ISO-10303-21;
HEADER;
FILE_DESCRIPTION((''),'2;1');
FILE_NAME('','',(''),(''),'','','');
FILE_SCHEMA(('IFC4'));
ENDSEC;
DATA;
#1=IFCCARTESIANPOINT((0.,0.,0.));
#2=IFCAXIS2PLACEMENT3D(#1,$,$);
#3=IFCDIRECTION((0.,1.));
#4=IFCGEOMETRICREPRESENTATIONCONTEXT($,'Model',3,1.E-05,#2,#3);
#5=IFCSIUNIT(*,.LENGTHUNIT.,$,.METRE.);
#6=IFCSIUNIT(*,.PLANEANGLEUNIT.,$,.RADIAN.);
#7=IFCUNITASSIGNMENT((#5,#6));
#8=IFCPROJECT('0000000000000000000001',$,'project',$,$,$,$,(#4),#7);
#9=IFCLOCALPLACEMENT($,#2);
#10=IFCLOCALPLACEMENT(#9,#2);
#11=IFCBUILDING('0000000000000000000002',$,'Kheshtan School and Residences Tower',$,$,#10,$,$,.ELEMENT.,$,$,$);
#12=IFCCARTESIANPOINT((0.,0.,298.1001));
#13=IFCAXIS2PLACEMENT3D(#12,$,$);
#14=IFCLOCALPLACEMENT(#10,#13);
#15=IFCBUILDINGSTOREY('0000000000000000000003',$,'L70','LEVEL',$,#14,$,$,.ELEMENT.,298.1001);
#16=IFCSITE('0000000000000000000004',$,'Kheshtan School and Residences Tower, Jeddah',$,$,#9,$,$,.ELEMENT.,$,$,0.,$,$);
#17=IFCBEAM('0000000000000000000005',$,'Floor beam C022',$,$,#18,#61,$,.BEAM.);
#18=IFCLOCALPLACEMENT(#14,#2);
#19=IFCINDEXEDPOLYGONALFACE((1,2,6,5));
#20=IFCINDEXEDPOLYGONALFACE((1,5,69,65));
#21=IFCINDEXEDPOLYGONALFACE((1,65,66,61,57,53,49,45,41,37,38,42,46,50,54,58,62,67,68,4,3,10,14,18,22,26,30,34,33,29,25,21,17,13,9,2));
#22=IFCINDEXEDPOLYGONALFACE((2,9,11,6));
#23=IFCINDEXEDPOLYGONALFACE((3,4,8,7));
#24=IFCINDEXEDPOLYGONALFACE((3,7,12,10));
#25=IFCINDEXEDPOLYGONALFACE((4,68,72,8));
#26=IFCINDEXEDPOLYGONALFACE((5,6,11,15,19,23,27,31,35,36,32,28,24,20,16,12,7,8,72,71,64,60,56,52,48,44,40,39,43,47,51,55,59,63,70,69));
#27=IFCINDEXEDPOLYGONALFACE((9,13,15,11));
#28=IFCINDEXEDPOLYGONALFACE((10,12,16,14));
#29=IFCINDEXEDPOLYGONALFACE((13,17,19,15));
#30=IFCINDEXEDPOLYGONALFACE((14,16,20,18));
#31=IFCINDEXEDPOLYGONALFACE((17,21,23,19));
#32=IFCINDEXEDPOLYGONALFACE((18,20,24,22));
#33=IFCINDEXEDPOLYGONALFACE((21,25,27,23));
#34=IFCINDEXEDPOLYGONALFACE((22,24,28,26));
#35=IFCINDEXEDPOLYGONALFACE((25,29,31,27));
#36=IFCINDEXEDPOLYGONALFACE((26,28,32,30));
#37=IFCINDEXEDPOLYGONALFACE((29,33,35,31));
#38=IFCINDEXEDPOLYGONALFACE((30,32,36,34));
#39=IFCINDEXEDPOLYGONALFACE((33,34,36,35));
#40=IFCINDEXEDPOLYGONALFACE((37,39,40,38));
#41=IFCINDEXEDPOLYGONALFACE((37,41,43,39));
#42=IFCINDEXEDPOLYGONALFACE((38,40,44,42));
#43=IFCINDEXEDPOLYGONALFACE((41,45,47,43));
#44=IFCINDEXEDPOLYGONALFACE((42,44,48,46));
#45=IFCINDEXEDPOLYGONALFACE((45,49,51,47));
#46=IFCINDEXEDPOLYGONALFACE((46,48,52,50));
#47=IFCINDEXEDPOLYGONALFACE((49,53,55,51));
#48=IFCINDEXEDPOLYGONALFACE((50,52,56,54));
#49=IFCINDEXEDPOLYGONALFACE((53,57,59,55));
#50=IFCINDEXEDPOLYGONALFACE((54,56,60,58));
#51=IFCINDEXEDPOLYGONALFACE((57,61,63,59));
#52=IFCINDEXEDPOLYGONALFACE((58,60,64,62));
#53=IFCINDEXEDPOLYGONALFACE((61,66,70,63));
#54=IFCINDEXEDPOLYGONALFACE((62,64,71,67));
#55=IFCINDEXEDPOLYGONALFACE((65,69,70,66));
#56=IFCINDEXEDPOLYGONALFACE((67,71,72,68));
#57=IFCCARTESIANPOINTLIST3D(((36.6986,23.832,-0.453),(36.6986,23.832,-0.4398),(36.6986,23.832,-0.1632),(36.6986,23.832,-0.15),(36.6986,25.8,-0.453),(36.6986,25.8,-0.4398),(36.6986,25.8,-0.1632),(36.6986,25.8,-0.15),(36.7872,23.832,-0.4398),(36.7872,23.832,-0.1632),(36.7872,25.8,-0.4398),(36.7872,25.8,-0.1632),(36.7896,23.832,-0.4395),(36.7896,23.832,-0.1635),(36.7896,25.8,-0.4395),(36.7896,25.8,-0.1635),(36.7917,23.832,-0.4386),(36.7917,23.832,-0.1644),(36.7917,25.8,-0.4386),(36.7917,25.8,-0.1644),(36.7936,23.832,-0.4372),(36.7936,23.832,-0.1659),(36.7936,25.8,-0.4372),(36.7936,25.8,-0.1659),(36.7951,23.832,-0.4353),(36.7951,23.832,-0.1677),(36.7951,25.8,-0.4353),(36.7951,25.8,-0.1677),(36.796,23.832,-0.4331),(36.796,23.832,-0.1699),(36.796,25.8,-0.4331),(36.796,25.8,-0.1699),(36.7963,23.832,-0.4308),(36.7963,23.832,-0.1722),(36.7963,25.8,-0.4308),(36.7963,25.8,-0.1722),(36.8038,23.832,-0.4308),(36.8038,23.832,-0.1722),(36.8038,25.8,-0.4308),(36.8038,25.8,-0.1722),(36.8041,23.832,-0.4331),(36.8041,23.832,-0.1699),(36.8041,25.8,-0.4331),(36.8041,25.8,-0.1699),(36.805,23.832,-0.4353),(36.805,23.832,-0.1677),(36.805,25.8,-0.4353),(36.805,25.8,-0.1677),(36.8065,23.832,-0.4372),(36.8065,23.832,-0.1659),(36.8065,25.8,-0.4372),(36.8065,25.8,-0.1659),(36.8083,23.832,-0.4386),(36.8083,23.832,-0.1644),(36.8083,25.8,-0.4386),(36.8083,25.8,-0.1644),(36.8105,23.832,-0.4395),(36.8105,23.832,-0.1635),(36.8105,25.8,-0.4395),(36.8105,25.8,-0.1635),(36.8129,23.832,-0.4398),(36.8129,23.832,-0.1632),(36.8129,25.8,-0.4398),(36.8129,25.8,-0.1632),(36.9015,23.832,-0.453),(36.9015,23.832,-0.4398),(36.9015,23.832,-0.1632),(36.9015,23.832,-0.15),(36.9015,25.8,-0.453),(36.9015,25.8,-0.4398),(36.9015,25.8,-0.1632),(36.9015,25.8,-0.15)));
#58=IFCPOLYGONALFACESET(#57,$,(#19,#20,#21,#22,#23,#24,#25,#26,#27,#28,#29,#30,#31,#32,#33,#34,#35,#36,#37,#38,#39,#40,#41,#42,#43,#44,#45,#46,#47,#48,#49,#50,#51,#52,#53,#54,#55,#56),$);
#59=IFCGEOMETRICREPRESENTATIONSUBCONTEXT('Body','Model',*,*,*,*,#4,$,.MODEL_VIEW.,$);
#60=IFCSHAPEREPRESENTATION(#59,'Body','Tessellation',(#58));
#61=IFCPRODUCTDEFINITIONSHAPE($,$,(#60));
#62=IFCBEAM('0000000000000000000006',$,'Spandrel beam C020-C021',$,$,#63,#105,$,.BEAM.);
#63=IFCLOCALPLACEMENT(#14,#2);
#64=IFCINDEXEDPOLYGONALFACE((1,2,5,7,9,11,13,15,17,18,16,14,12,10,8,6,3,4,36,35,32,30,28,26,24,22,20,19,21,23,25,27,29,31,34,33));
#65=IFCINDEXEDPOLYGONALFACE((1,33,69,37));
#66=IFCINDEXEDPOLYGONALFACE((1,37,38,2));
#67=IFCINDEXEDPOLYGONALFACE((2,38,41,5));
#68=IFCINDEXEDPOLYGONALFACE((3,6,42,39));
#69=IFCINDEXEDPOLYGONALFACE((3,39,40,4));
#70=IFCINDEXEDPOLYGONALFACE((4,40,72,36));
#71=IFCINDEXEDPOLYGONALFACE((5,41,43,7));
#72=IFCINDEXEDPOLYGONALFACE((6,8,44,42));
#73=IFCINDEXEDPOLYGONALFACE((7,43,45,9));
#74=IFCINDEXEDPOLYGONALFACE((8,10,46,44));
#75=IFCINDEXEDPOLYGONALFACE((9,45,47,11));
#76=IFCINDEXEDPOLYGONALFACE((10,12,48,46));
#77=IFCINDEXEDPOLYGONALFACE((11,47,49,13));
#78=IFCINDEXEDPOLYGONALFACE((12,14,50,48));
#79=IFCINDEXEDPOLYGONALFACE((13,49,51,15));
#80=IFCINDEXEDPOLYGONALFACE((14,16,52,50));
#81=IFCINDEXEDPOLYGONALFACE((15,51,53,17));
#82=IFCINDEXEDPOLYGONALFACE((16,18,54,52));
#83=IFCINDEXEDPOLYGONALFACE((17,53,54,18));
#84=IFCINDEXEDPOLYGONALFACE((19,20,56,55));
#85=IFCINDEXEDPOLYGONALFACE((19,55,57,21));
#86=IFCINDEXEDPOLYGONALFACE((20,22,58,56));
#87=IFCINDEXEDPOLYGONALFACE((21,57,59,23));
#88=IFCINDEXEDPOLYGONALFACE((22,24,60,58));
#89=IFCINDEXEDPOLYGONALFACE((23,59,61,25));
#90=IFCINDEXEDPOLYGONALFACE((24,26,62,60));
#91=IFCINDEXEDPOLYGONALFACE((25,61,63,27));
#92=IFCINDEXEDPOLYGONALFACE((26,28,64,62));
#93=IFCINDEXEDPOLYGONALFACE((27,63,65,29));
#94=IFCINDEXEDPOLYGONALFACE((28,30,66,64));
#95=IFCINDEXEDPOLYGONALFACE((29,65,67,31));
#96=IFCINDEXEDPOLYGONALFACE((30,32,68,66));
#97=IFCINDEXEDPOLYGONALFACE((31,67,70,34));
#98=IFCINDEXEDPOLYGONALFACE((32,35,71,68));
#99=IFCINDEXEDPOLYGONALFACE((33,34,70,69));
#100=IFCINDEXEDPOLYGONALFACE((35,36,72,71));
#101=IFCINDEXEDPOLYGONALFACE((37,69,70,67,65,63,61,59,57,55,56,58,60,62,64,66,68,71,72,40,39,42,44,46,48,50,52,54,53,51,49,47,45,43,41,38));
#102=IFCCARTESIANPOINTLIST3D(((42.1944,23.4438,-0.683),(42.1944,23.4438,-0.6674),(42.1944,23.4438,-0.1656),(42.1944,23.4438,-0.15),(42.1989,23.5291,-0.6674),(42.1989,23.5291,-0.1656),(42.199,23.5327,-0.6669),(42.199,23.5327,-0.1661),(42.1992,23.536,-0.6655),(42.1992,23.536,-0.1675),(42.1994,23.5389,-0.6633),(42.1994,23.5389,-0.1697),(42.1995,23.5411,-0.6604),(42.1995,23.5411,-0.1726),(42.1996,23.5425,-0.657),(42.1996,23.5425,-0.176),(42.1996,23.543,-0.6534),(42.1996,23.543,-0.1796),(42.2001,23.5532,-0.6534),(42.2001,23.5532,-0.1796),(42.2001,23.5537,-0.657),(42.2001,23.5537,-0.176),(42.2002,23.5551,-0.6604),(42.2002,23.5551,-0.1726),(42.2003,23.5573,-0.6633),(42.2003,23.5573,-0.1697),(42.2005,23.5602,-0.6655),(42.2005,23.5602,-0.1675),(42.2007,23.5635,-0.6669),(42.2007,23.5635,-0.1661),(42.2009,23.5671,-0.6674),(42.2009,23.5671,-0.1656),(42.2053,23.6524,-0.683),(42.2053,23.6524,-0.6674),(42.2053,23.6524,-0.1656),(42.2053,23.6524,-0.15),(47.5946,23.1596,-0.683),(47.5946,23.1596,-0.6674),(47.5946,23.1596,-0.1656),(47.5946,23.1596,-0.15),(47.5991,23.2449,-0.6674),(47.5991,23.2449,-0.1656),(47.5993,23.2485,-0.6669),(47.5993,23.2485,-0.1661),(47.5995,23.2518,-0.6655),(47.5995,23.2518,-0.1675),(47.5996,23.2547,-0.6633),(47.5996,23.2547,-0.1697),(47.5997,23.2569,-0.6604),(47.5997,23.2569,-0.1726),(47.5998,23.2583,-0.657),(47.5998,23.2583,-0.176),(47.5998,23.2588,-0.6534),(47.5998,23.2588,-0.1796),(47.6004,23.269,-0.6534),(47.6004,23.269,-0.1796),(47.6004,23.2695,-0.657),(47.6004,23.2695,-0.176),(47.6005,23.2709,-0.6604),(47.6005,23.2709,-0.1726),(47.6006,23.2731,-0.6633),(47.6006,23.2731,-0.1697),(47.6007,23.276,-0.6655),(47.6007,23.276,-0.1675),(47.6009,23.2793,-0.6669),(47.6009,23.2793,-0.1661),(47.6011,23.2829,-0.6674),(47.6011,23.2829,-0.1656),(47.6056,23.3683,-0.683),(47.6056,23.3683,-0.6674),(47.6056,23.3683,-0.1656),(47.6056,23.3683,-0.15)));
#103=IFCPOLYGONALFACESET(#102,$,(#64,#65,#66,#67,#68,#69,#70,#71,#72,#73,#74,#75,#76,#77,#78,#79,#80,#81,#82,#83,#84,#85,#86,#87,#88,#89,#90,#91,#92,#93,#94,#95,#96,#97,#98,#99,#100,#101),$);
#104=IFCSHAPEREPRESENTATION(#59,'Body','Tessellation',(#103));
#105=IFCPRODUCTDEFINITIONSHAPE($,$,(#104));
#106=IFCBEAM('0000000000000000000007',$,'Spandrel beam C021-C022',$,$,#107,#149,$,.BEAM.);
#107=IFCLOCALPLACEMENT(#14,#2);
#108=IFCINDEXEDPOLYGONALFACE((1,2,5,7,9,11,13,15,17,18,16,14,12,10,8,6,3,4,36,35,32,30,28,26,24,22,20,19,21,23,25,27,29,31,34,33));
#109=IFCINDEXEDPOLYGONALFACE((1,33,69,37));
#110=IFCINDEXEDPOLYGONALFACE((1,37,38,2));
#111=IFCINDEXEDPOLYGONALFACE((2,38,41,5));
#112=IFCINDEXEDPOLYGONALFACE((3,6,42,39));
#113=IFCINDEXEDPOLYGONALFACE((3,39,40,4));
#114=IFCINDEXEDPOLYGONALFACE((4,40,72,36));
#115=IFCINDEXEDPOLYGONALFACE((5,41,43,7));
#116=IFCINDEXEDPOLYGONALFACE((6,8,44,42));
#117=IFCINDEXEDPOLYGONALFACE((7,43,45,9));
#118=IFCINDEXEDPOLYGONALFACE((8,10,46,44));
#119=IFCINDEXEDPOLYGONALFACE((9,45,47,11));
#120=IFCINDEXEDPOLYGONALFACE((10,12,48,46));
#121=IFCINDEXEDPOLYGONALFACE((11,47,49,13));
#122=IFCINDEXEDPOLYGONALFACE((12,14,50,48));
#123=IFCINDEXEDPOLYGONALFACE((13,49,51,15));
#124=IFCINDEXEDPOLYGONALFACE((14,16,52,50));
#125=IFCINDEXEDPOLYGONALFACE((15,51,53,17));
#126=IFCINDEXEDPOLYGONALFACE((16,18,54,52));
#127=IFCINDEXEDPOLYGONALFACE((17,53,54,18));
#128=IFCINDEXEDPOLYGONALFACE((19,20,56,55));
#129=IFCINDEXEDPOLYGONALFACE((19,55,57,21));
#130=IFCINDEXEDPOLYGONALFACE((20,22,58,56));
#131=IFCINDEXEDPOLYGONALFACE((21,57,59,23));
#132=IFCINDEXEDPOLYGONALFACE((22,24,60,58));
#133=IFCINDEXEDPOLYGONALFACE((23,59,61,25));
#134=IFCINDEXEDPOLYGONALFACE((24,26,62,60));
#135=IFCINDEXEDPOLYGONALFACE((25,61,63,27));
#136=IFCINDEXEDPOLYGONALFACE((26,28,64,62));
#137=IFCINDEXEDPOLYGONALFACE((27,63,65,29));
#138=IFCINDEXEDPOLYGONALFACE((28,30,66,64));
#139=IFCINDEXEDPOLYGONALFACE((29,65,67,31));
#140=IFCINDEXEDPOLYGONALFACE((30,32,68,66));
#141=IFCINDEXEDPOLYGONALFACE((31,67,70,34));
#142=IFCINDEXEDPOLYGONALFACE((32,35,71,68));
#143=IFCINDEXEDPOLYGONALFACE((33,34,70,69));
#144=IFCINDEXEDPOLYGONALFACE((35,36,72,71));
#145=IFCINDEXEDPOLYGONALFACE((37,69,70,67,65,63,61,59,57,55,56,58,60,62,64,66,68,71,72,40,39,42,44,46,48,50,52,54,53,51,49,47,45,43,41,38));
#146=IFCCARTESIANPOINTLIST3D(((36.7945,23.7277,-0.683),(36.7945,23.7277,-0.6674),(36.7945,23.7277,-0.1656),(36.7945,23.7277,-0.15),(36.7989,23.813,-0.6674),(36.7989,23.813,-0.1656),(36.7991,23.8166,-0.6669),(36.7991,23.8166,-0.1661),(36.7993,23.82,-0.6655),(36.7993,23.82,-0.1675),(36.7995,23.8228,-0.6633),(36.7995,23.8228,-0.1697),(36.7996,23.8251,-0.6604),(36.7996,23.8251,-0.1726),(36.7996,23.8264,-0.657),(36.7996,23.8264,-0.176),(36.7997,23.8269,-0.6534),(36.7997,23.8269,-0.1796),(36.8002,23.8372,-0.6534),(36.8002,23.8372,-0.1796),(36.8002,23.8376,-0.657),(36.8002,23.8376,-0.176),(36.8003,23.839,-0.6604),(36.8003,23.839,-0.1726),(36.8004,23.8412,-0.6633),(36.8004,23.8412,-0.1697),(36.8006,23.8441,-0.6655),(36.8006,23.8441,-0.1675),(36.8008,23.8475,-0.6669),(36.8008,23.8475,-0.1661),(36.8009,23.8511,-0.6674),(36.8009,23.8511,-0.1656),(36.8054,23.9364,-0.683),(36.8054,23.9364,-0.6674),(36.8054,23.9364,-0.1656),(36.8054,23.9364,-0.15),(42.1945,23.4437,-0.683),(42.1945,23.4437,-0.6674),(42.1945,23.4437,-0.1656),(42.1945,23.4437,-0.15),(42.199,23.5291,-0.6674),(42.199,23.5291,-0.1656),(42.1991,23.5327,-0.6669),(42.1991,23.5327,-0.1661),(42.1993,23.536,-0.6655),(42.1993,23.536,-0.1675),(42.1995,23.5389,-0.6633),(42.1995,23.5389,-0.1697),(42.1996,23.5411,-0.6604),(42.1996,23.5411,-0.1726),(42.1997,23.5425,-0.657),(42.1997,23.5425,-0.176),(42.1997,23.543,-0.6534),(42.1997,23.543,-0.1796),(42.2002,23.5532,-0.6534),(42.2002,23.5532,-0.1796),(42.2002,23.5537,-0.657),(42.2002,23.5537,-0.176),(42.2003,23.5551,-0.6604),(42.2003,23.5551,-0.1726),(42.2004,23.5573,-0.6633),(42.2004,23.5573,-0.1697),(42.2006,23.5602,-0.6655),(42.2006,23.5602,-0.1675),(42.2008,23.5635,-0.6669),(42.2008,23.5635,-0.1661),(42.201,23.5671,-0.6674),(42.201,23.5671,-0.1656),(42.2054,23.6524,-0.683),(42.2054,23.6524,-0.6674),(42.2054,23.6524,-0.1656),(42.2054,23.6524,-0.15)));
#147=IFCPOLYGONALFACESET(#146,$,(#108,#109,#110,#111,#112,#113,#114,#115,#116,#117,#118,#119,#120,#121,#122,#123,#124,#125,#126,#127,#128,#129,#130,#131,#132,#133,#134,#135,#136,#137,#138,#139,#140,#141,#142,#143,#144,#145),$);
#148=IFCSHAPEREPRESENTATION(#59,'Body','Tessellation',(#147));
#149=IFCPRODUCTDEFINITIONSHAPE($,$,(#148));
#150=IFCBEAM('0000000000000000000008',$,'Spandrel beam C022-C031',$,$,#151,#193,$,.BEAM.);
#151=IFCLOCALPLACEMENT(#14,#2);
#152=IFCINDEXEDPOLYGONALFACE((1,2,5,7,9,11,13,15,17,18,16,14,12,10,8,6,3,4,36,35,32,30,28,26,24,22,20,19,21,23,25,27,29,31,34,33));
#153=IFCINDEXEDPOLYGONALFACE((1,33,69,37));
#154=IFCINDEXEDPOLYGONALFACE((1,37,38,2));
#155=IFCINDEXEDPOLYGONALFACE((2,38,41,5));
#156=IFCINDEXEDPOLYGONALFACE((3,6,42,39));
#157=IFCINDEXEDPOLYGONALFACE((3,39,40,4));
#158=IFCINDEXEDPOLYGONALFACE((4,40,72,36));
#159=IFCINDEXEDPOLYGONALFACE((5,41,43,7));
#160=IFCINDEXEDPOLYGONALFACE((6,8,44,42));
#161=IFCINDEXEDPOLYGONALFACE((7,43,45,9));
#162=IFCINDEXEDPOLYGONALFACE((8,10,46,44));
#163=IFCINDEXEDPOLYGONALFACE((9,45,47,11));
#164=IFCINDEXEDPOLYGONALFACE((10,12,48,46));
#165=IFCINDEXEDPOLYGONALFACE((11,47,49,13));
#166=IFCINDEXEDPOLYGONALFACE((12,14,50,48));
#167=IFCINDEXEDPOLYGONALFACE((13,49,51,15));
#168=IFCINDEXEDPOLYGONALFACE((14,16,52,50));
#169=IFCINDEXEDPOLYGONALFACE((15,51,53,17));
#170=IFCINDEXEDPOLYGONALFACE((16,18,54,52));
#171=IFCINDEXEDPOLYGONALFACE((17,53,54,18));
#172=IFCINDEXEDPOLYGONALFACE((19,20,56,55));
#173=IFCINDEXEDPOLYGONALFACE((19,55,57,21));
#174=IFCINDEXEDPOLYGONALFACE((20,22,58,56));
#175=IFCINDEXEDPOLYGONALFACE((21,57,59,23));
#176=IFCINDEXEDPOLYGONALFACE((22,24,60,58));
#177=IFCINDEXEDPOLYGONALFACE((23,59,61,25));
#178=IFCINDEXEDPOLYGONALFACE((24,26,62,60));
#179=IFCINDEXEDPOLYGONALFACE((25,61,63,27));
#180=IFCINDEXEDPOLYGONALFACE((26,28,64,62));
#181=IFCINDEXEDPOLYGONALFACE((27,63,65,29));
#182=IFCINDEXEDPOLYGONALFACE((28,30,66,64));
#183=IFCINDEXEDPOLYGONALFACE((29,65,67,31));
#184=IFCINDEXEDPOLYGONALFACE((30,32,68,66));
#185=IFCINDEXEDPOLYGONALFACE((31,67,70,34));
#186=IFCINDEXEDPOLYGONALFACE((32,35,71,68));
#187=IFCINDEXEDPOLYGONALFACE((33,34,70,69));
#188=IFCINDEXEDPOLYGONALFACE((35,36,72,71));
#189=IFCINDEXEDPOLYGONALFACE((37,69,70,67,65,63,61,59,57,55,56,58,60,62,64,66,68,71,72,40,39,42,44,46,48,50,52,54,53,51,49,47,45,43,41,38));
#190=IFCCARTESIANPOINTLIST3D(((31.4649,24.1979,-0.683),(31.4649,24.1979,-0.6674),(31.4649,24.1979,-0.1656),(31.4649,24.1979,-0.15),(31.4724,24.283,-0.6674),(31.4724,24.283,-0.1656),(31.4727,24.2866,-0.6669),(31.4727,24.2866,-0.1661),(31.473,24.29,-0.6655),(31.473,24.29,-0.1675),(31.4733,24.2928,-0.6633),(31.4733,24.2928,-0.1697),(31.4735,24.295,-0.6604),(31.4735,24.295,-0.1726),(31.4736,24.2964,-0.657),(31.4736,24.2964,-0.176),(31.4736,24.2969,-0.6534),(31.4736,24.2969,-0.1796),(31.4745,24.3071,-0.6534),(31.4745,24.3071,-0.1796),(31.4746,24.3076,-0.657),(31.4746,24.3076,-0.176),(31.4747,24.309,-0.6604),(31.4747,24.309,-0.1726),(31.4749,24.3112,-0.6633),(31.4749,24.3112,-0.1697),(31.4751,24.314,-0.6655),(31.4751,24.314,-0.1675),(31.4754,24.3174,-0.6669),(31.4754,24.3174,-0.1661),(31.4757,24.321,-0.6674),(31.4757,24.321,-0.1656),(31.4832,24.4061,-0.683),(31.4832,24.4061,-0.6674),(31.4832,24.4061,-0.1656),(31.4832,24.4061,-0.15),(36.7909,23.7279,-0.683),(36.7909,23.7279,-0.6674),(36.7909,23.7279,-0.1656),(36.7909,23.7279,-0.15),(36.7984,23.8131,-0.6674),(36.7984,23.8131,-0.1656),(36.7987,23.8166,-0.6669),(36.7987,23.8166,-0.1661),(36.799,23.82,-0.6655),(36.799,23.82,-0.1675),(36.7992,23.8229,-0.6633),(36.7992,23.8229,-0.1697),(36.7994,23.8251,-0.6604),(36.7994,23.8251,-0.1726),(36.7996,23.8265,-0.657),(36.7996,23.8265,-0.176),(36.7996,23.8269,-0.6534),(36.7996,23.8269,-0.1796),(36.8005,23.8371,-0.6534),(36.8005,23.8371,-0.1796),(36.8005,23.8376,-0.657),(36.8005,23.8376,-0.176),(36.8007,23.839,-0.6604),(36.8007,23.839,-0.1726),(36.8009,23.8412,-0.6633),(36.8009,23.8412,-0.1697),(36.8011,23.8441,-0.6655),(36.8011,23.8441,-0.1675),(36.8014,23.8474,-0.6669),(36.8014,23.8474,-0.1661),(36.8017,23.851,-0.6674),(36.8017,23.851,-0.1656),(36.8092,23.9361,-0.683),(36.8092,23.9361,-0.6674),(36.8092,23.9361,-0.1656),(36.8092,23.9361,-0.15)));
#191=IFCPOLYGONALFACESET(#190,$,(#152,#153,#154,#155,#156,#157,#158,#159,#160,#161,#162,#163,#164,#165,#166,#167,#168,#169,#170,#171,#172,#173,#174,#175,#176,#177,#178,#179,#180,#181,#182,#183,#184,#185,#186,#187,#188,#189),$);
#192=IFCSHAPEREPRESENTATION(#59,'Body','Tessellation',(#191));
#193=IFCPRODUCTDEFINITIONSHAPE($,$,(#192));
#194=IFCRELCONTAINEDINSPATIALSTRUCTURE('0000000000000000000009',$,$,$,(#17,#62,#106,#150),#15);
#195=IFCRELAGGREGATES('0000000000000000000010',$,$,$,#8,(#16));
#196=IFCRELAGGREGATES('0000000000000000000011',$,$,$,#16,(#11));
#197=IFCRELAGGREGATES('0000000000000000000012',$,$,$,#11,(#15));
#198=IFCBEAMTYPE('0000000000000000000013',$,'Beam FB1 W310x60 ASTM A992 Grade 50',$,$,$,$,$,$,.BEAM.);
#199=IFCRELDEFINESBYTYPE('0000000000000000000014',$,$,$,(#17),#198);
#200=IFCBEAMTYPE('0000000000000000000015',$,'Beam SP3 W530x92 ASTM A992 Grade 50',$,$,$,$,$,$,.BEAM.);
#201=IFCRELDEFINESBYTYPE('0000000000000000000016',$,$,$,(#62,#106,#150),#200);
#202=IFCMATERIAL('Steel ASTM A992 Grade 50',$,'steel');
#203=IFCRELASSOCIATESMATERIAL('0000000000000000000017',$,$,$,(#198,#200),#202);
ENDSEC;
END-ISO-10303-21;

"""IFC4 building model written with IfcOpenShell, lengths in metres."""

from ifc_helpers import new_model, si_unit, direction, frame, origin, origin_2d, place, context, subcontext, project, spatial, i_section, extrude, material, material_profile, profile_set, type_object, element, save


model = new_model("IFC4")

# Units and contexts
model_context = context("Model", 3, precision=1e-05, world=origin(), true_north=direction((0.0, 1.0)))
body_context = subcontext(model_context, "Body", "Model", "MODEL_VIEW")
ifc_project = project(units=[si_unit("LENGTHUNIT", "METRE"), si_unit("PLANEANGLEUNIT", "RADIAN")], contexts=[model_context])

# Site, building, storey
site_placement = place(None, origin())
site = spatial("IfcSite", under=ifc_project, at=site_placement, Name="Kheshtan School and Residences Tower, Jeddah", CompositionType="ELEMENT", RefElevation=0.0)
building_placement = place(site_placement, origin())
building = spatial("IfcBuilding", under=site, at=building_placement, Name="Kheshtan School and Residences Tower", CompositionType="ELEMENT")
storey_placement = place(building_placement, frame((0.0, 0.0, 298.1001)))
storey = spatial("IfcBuildingStorey", under=building, at=storey_placement, Name="L70", Description="LEVEL", CompositionType="ELEMENT", Elevation=298.1001)

# Shared definitions
ifc_material_1 = material(Name="Steel ASTM A992 Grade 50", Category="steel")

# Beams
ifc_material_profile_1 = material_profile(ifc_material_1, i_section(OverallWidth=0.2029, OverallDepth=0.303, WebThickness=0.0076, FlangeThickness=0.0132, FilletRadius=0.009, at=origin_2d()), Name="W310x60")
ifc_profile_set_1 = profile_set([ifc_material_profile_1], Name="Steel ASTM A992 Grade 50")
beam_type_1 = type_object("IfcBeamType", Name="Beam FB1 W310x60 ASTM A992 Grade 50", PredefinedType="BEAM", material=ifc_profile_set_1)
beam_1_placement = place(storey_placement, frame((36.8, 23.832, -0.3015), z_axis=(0.0, 1.0, 0.0), x_axis=(-1.0, 0.0, 0.0)))
element("IfcBeam", 1, at=beam_1_placement, inside=storey, type_object=beam_type_1, Name="Floor beam C022", PredefinedType="BEAM", context=body_context, shape_type="SweptSolid", body=[
    extrude(i_section(OverallWidth=0.2029, OverallDepth=0.303, WebThickness=0.0076, FlangeThickness=0.0132, FilletRadius=0.009, at=origin_2d()), origin(), (0.0, 0.0, 1.0), 1.968),
])
ifc_material_profile_2 = material_profile(ifc_material_1, i_section(OverallWidth=0.209, OverallDepth=0.533, WebThickness=0.0103, FlangeThickness=0.0156, FilletRadius=0.0139, at=origin_2d()), Name="W530x92")
ifc_profile_set_2 = profile_set([ifc_material_profile_2], Name="Steel ASTM A992 Grade 50")
beam_type_2 = type_object("IfcBeamType", Name="Beam SP3 W530x92 ASTM A992 Grade 50", PredefinedType="BEAM", material=ifc_profile_set_2)
beam_2_placement = place(storey_placement, frame((47.6001, 23.2639, -0.4165), z_axis=(-0.998618, 0.052552, 0.0), x_axis=(-0.052552, -0.998618, 0.0)))
element("IfcBeam", 2, at=beam_2_placement, inside=storey, type_object=beam_type_2, Name="Spandrel beam C020-C021", PredefinedType="BEAM", context=body_context, shape_type="SweptSolid", body=[
    extrude(i_section(OverallWidth=0.209, OverallDepth=0.533, WebThickness=0.0103, FlangeThickness=0.0156, FilletRadius=0.0139, at=origin_2d()), origin(), (0.0, 0.0, 1.0), 5.4077),
])
beam_3_placement = place(storey_placement, frame((42.2, 23.5481, -0.4165), z_axis=(-0.99862, 0.052509, 0.0), x_axis=(-0.052509, -0.99862, 0.0)))
element("IfcBeam", 3, at=beam_3_placement, inside=storey, type_object=beam_type_2, Name="Spandrel beam C021-C022", PredefinedType="BEAM", context=body_context, shape_type="SweptSolid", body=[
    extrude(i_section(OverallWidth=0.209, OverallDepth=0.533, WebThickness=0.0103, FlangeThickness=0.0156, FilletRadius=0.0139, at=origin_2d()), origin(), (0.0, 0.0, 1.0), 5.4075),
])
beam_4_placement = place(storey_placement, frame((36.8, 23.832, -0.4165), z_axis=(-0.996129, 0.0879, 0.0), x_axis=(-0.0879, -0.996129, 0.0)))
element("IfcBeam", 4, at=beam_4_placement, inside=storey, type_object=beam_type_2, Name="Spandrel beam C022-C031", PredefinedType="BEAM", context=body_context, shape_type="SweptSolid", body=[
    extrude(i_section(OverallWidth=0.209, OverallDepth=0.533, WebThickness=0.0103, FlangeThickness=0.0156, FilletRadius=0.0139, at=origin_2d()), origin(), (0.0, 0.0, 1.0), 5.3467),
])

save(model, "model.ifc")
